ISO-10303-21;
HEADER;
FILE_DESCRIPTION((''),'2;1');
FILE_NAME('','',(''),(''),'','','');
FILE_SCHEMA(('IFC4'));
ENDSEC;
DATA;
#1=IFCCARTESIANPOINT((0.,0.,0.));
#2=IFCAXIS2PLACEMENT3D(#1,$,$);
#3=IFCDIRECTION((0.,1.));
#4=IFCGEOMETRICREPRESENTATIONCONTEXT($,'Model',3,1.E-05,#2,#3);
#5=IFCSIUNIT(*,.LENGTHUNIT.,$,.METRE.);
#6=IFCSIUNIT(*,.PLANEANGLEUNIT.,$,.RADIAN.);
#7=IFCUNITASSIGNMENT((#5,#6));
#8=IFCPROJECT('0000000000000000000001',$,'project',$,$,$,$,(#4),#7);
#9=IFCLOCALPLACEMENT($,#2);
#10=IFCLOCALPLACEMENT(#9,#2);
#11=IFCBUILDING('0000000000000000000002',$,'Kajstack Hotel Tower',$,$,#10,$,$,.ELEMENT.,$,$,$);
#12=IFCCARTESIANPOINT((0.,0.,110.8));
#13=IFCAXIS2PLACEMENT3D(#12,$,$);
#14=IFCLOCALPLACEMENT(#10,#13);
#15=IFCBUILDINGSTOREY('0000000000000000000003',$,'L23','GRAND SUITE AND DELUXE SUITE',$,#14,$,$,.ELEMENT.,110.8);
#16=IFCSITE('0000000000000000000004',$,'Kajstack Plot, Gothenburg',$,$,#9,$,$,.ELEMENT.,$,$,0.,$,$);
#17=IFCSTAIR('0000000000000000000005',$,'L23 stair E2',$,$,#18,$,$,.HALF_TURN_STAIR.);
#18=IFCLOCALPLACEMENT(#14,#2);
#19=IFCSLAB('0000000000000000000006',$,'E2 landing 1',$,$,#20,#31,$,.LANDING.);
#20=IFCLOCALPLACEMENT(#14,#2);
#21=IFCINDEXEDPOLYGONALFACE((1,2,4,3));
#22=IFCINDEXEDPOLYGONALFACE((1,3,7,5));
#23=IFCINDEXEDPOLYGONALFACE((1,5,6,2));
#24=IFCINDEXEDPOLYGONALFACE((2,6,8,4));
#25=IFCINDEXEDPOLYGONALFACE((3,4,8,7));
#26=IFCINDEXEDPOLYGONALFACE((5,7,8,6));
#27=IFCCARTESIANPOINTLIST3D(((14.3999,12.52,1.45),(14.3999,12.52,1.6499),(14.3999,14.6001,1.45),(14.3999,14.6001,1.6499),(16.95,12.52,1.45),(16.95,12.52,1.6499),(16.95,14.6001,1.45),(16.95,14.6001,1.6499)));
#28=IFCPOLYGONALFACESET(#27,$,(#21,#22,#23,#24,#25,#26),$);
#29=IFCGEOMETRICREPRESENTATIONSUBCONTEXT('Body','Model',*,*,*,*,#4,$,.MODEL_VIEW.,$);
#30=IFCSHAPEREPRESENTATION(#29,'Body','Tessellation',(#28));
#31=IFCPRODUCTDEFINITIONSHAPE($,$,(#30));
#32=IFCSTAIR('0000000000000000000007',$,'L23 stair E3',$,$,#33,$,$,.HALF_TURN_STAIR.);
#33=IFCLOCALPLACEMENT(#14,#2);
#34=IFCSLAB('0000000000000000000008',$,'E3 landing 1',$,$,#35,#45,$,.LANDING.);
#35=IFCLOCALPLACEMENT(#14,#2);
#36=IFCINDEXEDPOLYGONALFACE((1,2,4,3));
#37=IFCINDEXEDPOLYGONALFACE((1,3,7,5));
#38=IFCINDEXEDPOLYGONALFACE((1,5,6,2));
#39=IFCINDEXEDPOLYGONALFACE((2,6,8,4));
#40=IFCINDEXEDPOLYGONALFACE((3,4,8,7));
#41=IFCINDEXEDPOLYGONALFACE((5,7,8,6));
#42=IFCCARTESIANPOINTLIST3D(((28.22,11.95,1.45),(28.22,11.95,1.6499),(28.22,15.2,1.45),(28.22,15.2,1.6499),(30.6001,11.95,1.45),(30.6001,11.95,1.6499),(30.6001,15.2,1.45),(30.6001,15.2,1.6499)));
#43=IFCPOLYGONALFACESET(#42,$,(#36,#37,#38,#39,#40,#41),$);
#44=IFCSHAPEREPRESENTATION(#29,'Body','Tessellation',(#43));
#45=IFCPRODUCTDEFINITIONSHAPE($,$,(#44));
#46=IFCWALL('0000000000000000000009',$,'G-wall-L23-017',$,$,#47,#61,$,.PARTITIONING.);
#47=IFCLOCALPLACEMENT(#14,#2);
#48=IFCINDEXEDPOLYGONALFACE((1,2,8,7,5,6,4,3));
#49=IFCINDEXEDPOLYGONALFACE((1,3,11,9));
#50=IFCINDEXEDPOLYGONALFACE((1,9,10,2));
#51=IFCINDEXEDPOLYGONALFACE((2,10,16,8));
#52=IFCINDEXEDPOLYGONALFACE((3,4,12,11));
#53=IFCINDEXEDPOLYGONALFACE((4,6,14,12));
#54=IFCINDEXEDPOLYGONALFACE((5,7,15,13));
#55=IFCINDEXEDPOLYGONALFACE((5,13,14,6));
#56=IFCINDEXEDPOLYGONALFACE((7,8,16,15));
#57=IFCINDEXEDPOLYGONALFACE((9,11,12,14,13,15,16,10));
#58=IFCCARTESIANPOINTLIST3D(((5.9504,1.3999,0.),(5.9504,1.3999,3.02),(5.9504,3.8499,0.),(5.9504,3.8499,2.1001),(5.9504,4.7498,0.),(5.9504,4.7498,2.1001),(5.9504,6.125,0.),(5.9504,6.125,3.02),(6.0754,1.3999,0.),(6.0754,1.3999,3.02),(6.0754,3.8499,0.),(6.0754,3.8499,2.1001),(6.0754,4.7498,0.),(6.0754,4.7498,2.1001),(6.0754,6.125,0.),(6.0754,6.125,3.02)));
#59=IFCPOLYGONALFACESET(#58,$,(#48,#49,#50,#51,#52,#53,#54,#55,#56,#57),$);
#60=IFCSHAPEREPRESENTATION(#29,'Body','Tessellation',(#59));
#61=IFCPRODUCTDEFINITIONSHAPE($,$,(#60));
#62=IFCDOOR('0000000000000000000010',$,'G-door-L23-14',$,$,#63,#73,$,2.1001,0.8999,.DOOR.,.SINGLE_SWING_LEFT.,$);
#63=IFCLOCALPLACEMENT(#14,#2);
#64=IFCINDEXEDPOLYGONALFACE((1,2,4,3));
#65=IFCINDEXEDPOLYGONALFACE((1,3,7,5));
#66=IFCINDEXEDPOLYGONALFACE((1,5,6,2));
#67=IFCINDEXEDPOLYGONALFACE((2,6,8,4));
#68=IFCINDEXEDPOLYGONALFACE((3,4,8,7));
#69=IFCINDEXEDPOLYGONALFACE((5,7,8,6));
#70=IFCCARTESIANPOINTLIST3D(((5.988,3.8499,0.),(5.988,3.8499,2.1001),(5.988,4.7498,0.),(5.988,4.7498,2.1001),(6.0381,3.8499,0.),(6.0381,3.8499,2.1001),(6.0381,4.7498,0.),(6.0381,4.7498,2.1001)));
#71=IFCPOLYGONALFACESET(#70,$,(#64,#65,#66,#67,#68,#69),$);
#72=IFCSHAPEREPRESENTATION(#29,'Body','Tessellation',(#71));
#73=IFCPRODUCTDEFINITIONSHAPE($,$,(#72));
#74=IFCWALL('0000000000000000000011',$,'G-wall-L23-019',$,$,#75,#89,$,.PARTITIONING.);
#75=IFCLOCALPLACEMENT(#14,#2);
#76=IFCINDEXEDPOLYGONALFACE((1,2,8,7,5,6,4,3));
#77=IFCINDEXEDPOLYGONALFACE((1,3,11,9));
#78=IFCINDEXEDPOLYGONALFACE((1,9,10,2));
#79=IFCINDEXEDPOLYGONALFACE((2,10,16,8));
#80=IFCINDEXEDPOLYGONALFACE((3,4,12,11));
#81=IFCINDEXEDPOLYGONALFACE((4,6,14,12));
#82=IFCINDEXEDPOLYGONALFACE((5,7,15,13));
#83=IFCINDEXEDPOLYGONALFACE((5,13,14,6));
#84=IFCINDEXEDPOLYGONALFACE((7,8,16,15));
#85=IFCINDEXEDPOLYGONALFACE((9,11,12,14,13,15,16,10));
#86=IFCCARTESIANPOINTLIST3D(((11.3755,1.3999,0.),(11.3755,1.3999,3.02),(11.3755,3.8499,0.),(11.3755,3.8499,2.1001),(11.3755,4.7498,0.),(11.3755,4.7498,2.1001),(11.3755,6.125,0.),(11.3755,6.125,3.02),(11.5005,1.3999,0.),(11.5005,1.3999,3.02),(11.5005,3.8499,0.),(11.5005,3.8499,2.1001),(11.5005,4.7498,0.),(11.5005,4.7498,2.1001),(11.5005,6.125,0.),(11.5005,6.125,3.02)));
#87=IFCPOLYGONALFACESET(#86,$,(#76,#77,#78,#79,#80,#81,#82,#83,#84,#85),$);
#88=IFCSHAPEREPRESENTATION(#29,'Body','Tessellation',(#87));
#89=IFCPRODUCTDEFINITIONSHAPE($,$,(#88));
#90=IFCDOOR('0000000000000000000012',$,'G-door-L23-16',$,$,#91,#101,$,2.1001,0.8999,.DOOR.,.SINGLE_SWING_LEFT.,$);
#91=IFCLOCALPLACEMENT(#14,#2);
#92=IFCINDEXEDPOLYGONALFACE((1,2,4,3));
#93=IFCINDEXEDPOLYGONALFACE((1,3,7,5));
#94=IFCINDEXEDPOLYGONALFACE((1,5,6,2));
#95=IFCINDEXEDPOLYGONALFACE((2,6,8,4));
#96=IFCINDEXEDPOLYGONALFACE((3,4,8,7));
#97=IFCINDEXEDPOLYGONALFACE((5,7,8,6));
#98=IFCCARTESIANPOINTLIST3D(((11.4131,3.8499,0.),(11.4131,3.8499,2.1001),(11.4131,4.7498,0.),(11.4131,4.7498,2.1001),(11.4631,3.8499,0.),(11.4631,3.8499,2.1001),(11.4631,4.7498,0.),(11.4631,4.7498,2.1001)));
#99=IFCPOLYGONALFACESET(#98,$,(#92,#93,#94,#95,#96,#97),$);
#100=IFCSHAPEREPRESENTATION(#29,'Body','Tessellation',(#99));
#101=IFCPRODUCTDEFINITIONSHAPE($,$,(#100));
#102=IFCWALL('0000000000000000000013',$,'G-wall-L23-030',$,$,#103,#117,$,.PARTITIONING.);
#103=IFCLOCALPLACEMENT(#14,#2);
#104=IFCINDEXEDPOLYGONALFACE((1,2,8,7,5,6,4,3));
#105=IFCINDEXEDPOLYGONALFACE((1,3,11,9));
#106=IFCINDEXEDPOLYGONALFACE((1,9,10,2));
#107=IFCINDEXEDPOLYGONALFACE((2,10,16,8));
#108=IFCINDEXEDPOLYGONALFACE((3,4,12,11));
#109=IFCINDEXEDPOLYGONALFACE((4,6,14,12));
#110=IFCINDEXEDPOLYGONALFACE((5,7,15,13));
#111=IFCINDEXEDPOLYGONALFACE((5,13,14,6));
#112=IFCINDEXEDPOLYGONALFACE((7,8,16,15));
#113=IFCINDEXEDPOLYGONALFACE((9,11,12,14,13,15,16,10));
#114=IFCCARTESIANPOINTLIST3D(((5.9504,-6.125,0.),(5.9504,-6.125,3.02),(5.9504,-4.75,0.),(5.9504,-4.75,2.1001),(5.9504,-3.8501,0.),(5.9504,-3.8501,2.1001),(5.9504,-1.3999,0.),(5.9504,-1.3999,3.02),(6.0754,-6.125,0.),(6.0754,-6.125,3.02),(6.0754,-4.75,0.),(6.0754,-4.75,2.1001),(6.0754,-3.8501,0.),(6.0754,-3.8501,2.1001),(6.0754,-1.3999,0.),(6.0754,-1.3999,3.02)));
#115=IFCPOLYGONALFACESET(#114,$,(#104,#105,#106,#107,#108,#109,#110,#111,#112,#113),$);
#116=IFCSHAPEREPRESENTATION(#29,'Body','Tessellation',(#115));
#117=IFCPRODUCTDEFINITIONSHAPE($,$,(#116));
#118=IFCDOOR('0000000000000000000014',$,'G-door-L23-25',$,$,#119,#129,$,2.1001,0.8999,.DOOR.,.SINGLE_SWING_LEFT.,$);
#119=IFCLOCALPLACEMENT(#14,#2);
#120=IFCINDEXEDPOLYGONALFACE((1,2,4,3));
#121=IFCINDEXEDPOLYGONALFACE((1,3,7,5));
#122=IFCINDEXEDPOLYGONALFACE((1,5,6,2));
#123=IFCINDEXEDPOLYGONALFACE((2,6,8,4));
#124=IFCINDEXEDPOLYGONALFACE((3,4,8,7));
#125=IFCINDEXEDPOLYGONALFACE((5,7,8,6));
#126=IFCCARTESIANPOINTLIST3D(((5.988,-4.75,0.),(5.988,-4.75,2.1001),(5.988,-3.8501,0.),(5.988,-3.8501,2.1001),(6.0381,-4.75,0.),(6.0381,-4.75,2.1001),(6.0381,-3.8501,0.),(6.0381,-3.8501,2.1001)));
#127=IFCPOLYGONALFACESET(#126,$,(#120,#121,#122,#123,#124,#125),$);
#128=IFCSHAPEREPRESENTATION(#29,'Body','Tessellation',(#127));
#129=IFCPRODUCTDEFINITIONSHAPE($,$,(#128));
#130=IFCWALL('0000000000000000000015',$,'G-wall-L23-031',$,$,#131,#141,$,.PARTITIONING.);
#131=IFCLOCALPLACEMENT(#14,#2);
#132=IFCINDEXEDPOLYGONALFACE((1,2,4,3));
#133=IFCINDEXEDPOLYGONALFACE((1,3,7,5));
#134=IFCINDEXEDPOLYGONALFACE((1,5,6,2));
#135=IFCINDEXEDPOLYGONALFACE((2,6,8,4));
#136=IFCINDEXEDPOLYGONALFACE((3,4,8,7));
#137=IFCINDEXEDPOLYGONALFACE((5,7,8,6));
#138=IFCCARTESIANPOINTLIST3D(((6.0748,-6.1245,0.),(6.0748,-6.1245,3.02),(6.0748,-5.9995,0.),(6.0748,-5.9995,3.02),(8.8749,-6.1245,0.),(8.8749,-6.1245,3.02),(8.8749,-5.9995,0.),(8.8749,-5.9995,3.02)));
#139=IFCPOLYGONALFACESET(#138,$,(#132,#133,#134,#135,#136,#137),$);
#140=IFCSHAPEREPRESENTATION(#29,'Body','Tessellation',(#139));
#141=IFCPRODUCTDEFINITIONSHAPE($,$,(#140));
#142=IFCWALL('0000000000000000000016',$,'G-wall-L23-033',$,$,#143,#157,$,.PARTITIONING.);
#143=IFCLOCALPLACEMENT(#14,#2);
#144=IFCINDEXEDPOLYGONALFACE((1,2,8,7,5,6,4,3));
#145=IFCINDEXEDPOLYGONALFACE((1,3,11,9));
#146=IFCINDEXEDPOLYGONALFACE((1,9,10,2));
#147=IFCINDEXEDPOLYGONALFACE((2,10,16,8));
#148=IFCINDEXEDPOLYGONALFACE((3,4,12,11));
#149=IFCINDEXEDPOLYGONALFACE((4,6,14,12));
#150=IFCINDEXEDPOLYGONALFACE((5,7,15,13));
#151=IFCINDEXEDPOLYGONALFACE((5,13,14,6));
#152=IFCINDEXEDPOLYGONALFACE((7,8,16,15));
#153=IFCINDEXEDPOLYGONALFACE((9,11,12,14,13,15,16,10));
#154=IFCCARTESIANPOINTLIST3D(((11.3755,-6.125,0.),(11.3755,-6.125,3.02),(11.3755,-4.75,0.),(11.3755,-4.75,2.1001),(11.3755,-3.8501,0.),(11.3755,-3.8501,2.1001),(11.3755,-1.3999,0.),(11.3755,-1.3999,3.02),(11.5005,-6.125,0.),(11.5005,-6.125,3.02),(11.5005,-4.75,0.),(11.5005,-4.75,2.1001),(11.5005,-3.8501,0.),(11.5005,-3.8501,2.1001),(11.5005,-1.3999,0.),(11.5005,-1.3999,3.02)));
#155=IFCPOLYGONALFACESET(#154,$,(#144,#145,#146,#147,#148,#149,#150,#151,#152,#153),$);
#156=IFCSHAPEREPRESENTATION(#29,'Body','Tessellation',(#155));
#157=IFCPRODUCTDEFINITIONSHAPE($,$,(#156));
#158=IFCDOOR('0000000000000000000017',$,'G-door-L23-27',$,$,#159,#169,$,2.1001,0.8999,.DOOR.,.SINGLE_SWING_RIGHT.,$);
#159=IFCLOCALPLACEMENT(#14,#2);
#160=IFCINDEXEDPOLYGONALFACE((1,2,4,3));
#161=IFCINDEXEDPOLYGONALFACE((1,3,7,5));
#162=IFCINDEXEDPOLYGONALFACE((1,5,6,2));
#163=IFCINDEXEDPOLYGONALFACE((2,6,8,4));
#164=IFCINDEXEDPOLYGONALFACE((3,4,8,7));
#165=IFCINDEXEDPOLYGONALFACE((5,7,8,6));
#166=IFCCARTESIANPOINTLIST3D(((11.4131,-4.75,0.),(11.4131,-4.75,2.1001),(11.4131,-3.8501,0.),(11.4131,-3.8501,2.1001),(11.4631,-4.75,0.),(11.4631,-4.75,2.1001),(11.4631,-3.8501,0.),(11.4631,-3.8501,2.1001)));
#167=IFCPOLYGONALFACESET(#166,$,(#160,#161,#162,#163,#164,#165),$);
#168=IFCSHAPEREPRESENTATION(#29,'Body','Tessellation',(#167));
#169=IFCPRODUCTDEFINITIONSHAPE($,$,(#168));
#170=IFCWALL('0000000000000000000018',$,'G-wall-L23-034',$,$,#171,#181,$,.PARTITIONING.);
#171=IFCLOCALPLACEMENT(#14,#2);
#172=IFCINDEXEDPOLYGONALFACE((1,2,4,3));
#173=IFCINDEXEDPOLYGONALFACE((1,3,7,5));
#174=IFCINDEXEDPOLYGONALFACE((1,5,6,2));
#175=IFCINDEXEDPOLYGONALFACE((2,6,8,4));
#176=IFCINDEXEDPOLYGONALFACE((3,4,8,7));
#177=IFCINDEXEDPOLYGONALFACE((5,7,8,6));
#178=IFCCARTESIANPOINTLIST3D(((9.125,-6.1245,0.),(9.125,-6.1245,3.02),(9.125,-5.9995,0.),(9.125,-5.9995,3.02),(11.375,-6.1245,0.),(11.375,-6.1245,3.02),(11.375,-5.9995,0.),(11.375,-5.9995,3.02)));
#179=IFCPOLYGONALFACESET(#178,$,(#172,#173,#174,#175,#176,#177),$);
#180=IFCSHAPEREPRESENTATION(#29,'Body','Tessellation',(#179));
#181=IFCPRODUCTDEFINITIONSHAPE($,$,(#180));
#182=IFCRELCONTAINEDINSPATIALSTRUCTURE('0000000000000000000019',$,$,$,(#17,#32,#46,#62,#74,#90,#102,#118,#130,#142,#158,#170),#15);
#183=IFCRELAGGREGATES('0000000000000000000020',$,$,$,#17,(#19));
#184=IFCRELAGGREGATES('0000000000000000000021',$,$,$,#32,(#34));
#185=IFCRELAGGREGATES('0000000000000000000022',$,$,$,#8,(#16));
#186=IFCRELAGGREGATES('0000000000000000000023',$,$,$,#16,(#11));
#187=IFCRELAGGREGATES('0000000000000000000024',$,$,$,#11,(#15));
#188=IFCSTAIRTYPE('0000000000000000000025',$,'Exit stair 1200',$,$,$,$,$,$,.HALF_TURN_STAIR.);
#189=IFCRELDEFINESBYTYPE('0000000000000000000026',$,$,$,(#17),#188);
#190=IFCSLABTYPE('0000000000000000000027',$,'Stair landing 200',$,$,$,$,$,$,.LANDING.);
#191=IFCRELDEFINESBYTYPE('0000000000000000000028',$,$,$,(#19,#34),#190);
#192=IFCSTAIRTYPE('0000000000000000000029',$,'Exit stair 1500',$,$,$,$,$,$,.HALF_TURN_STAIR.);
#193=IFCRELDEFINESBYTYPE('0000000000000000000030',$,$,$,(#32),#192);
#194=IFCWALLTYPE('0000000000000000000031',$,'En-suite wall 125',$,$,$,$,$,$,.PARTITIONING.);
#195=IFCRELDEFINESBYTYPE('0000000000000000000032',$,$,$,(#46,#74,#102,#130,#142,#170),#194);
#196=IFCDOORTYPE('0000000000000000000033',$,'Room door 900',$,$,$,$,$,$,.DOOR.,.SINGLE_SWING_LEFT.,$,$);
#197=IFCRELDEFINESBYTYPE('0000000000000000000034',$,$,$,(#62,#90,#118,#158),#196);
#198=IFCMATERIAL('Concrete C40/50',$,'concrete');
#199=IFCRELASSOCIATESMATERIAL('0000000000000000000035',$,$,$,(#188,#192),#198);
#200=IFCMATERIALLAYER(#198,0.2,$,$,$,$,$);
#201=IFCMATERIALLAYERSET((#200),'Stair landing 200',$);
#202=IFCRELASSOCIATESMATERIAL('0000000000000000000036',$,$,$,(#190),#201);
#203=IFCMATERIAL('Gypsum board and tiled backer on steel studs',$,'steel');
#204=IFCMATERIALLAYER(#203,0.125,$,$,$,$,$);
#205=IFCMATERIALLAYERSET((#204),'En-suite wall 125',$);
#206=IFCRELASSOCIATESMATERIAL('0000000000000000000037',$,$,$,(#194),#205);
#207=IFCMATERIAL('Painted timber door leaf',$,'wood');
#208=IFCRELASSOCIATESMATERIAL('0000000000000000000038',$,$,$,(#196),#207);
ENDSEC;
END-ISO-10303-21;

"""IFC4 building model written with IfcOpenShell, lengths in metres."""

from ifc_helpers import new_model, si_unit, direction, frame, frame_2d, origin, place, context, subcontext, project, spatial, polyline, rectangle, outline, extrude, material, layer, layer_set, type_object, element, fill, aggregate, save


model = new_model("IFC4")

# Units and contexts
model_context = context("Model", 3, precision=1e-05, world=origin(), true_north=direction((0.0, 1.0)))
body_context = subcontext(model_context, "Body", "Model", "MODEL_VIEW")
ifc_project = project(units=[si_unit("LENGTHUNIT", "METRE"), si_unit("PLANEANGLEUNIT", "RADIAN")], contexts=[model_context])

# Site, building, storey
site_placement = place(None, origin())
site = spatial("IfcSite", under=ifc_project, at=site_placement, Name="Kajstack Plot, Gothenburg", CompositionType="ELEMENT", RefElevation=0.0)
building_placement = place(site_placement, origin())
building = spatial("IfcBuilding", under=site, at=building_placement, Name="Kajstack Hotel Tower", CompositionType="ELEMENT")
storey_placement = place(building_placement, frame((0.0, 0.0, 110.8)))
storey = spatial("IfcBuildingStorey", under=building, at=storey_placement, Name="L23", Description="GRAND SUITE AND DELUXE SUITE", CompositionType="ELEMENT", Elevation=110.8)

# Stairs, slabs
ifc_material_1 = material(Name="Concrete C40/50", Category="concrete")
stair_type_1 = type_object("IfcStairType", Name="Exit stair 1200", PredefinedType="HALF_TURN_STAIR", material=ifc_material_1)
stair_1_placement = place(storey_placement, origin())
stair_1 = element("IfcStair", 1, at=stair_1_placement, inside=storey, type_object=stair_type_1, Name="L23 stair E2", PredefinedType="HALF_TURN_STAIR")
ifc_layer_1 = layer(ifc_material_1, 0.2)
ifc_layer_set_1 = layer_set([ifc_layer_1], Name="Stair landing 200")
slab_type = type_object("IfcSlabType", Name="Stair landing 200", PredefinedType="LANDING", material=ifc_layer_set_1)
slab_1_placement = place(storey_placement, frame((0.0, 0.0, 1.45)))
slab_1 = element("IfcSlab", 2, at=slab_1_placement, type_object=slab_type, Name="E2 landing 1", PredefinedType="LANDING", context=body_context, shape_type="SweptSolid", body=[
    extrude(outline(polyline([(16.95, 12.52), (16.95, 14.6001), (14.3999, 14.6001), (14.3999, 12.52), (16.95, 12.52)])), origin(), (0.0, 0.0, 1.0), 0.2),
])
aggregate(stair_1, [slab_1])
stair_type_2 = type_object("IfcStairType", Name="Exit stair 1500", PredefinedType="HALF_TURN_STAIR", material=ifc_material_1)
stair_2_placement = place(storey_placement, origin())
stair_2 = element("IfcStair", 3, at=stair_2_placement, inside=storey, type_object=stair_type_2, Name="L23 stair E3", PredefinedType="HALF_TURN_STAIR")
slab_2_placement = place(storey_placement, frame((0.0, 0.0, 1.45)))
slab_2 = element("IfcSlab", 4, at=slab_2_placement, type_object=slab_type, Name="E3 landing 1", PredefinedType="LANDING", context=body_context, shape_type="SweptSolid", body=[
    extrude(outline(polyline([(28.22, 11.95), (30.6001, 11.95), (30.6001, 15.2), (28.22, 15.2), (28.22, 11.95)])), origin(), (0.0, 0.0, 1.0), 0.2),
])
aggregate(stair_2, [slab_2])

# Walls, openings, doors
ifc_material_2 = material(Name="Gypsum board and tiled backer on steel studs", Category="steel")
ifc_layer_2 = layer(ifc_material_2, 0.125)
ifc_layer_set_2 = layer_set([ifc_layer_2], Name="En-suite wall 125")
wall_type_1 = type_object("IfcWallType", Name="En-suite wall 125", PredefinedType="PARTITIONING", material=ifc_layer_set_2)
wall_1_placement = place(storey_placement, frame((6.0129, 1.3999, 0.0), z_axis=(0.0, 0.0, 1.0), x_axis=(0.0, 1.0, 0.0)))
wall_1 = element("IfcWall", 5, at=wall_1_placement, inside=storey, type_object=wall_type_1, Name="G-wall-L23-017", PredefinedType="PARTITIONING", context=body_context, shape_type="SweptSolid", body=[
    extrude(rectangle(XDim=4.7251, YDim=0.125, at=frame_2d((2.3625, 0.0))), origin(), (0.0, 0.0, 1.0), 3.02),
])
opening_1_placement = place(wall_1_placement, frame((2.45, 0.0, 0.0)))
opening_1 = element("IfcOpeningElement", 6, at=opening_1_placement, cuts=wall_1, PredefinedType="OPENING", context=body_context, shape_type="SweptSolid", body=[
    extrude(rectangle(XDim=0.8999, YDim=2.1001, at=frame_2d((0.45, 1.05))), frame((0.0, 0.0725, 0.0), z_axis=(0.0, -1.0, 0.0), x_axis=(1.0, 0.0, 0.0)), (0.0, 0.0, 1.0), 0.145),
])
ifc_material_3 = material(Name="Painted timber door leaf", Category="wood")
door_type_1 = type_object("IfcDoorType", Name="Room door 900", OperationType="SINGLE_SWING_LEFT", PredefinedType="DOOR", material=ifc_material_3)
door_1_placement = place(opening_1_placement, origin())
door_1 = element("IfcDoor", 7, at=door_1_placement, inside=storey, type_object=door_type_1, Name="G-door-L23-14", OperationType="SINGLE_SWING_LEFT", OverallHeight=2.1001, OverallWidth=0.8999, PredefinedType="DOOR", context=body_context, shape_type="SweptSolid", body=[
    extrude(rectangle(XDim=0.8999, YDim=2.1001, at=frame_2d((0.45, 1.05))), frame((0.0, 0.0249, 0.0), z_axis=(0.0, -1.0, 0.0), x_axis=(1.0, 0.0, 0.0)), (0.0, 0.0, 1.0), 0.05),
])
fill(opening_1, door_1)
wall_2_placement = place(storey_placement, frame((11.438, 1.3999, 0.0), z_axis=(0.0, 0.0, 1.0), x_axis=(0.0, 1.0, 0.0)))
wall_2 = element("IfcWall", 8, at=wall_2_placement, inside=storey, type_object=wall_type_1, Name="G-wall-L23-019", PredefinedType="PARTITIONING", context=body_context, shape_type="SweptSolid", body=[
    extrude(rectangle(XDim=4.7251, YDim=0.125, at=frame_2d((2.3625, 0.0))), origin(), (0.0, 0.0, 1.0), 3.02),
])
opening_2_placement = place(wall_2_placement, frame((2.45, 0.0, 0.0)))
opening_2 = element("IfcOpeningElement", 9, at=opening_2_placement, cuts=wall_2, PredefinedType="OPENING", context=body_context, shape_type="SweptSolid", body=[
    extrude(rectangle(XDim=0.8999, YDim=2.1001, at=frame_2d((0.45, 1.05))), frame((0.0, 0.0725, 0.0), z_axis=(0.0, -1.0, 0.0), x_axis=(1.0, 0.0, 0.0)), (0.0, 0.0, 1.0), 0.145),
])
door_2_placement = place(opening_2_placement, origin())
door_2 = element("IfcDoor", 10, at=door_2_placement, inside=storey, type_object=door_type_1, Name="G-door-L23-16", OperationType="SINGLE_SWING_LEFT", OverallHeight=2.1001, OverallWidth=0.8999, PredefinedType="DOOR", context=body_context, shape_type="SweptSolid", body=[
    extrude(rectangle(XDim=0.8999, YDim=2.1001, at=frame_2d((0.45, 1.05))), frame((0.0, 0.0249, 0.0), z_axis=(0.0, -1.0, 0.0), x_axis=(1.0, 0.0, 0.0)), (0.0, 0.0, 1.0), 0.05),
])
fill(opening_2, door_2)
wall_3_placement = place(storey_placement, frame((6.0129, -6.125, 0.0), z_axis=(0.0, 0.0, 1.0), x_axis=(0.0, 1.0, 0.0)))
wall_3 = element("IfcWall", 11, at=wall_3_placement, inside=storey, type_object=wall_type_1, Name="G-wall-L23-030", PredefinedType="PARTITIONING", context=body_context, shape_type="SweptSolid", body=[
    extrude(rectangle(XDim=4.7251, YDim=0.125, at=frame_2d((2.3625, 0.0))), origin(), (0.0, 0.0, 1.0), 3.02),
])
opening_3_placement = place(wall_3_placement, frame((1.375, 0.0, 0.0)))
opening_3 = element("IfcOpeningElement", 12, at=opening_3_placement, cuts=wall_3, PredefinedType="OPENING", context=body_context, shape_type="SweptSolid", body=[
    extrude(rectangle(XDim=0.8999, YDim=2.1001, at=frame_2d((0.45, 1.05))), frame((0.0, 0.0725, 0.0), z_axis=(0.0, -1.0, 0.0), x_axis=(1.0, 0.0, 0.0)), (0.0, 0.0, 1.0), 0.145),
])
door_3_placement = place(opening_3_placement, origin())
door_3 = element("IfcDoor", 13, at=door_3_placement, inside=storey, type_object=door_type_1, Name="G-door-L23-25", OperationType="SINGLE_SWING_LEFT", OverallHeight=2.1001, OverallWidth=0.8999, PredefinedType="DOOR", context=body_context, shape_type="SweptSolid", body=[
    extrude(rectangle(XDim=0.8999, YDim=2.1001, at=frame_2d((0.45, 1.05))), frame((0.0, 0.0249, 0.0), z_axis=(0.0, -1.0, 0.0), x_axis=(1.0, 0.0, 0.0)), (0.0, 0.0, 1.0), 0.05),
])
fill(opening_3, door_3)

# Wall
wall_4_placement = place(storey_placement, frame((6.075, -6.062, 0.0), z_axis=(0.0, 0.0, 1.0), x_axis=(1.0, 0.0, 0.0)))
element("IfcWall", 14, at=wall_4_placement, inside=storey, type_object=wall_type_1, Name="G-wall-L23-031", PredefinedType="PARTITIONING", context=body_context, shape_type="SweptSolid", body=[
    extrude(rectangle(XDim=2.8, YDim=0.125, at=frame_2d((1.3999, 0.0))), origin(), (0.0, 0.0, 1.0), 3.02),
])

# Wall, opening, door
wall_5_placement = place(storey_placement, frame((11.438, -6.125, 0.0), z_axis=(0.0, 0.0, 1.0), x_axis=(0.0, 1.0, 0.0)))
wall_5 = element("IfcWall", 15, at=wall_5_placement, inside=storey, type_object=wall_type_1, Name="G-wall-L23-033", PredefinedType="PARTITIONING", context=body_context, shape_type="SweptSolid", body=[
    extrude(rectangle(XDim=4.7251, YDim=0.125, at=frame_2d((2.3625, 0.0))), origin(), (0.0, 0.0, 1.0), 3.02),
])
opening_4_placement = place(wall_5_placement, frame((1.375, 0.0, 0.0)))
opening_4 = element("IfcOpeningElement", 16, at=opening_4_placement, cuts=wall_5, PredefinedType="OPENING", context=body_context, shape_type="SweptSolid", body=[
    extrude(rectangle(XDim=0.8999, YDim=2.1001, at=frame_2d((0.45, 1.05))), frame((0.0, 0.0725, 0.0), z_axis=(0.0, -1.0, 0.0), x_axis=(1.0, 0.0, 0.0)), (0.0, 0.0, 1.0), 0.145),
])
door_4_placement = place(opening_4_placement, origin())
door_4 = element("IfcDoor", 17, at=door_4_placement, inside=storey, type_object=door_type_1, Name="G-door-L23-27", OperationType="SINGLE_SWING_RIGHT", OverallHeight=2.1001, OverallWidth=0.8999, PredefinedType="DOOR", context=body_context, shape_type="SweptSolid", body=[
    extrude(rectangle(XDim=0.8999, YDim=2.1001, at=frame_2d((0.45, 1.05))), frame((0.0, 0.0249, 0.0), z_axis=(0.0, -1.0, 0.0), x_axis=(1.0, 0.0, 0.0)), (0.0, 0.0, 1.0), 0.05),
])
fill(opening_4, door_4)

# Wall
wall_6_placement = place(storey_placement, frame((9.125, -6.062, 0.0), z_axis=(0.0, 0.0, 1.0), x_axis=(1.0, 0.0, 0.0)))
element("IfcWall", 18, at=wall_6_placement, inside=storey, type_object=wall_type_1, Name="G-wall-L23-034", PredefinedType="PARTITIONING", context=body_context, shape_type="SweptSolid", body=[
    extrude(rectangle(XDim=2.25, YDim=0.125, at=frame_2d((1.125, 0.0))), origin(), (0.0, 0.0, 1.0), 3.02),
])

save(model, "model.ifc")
